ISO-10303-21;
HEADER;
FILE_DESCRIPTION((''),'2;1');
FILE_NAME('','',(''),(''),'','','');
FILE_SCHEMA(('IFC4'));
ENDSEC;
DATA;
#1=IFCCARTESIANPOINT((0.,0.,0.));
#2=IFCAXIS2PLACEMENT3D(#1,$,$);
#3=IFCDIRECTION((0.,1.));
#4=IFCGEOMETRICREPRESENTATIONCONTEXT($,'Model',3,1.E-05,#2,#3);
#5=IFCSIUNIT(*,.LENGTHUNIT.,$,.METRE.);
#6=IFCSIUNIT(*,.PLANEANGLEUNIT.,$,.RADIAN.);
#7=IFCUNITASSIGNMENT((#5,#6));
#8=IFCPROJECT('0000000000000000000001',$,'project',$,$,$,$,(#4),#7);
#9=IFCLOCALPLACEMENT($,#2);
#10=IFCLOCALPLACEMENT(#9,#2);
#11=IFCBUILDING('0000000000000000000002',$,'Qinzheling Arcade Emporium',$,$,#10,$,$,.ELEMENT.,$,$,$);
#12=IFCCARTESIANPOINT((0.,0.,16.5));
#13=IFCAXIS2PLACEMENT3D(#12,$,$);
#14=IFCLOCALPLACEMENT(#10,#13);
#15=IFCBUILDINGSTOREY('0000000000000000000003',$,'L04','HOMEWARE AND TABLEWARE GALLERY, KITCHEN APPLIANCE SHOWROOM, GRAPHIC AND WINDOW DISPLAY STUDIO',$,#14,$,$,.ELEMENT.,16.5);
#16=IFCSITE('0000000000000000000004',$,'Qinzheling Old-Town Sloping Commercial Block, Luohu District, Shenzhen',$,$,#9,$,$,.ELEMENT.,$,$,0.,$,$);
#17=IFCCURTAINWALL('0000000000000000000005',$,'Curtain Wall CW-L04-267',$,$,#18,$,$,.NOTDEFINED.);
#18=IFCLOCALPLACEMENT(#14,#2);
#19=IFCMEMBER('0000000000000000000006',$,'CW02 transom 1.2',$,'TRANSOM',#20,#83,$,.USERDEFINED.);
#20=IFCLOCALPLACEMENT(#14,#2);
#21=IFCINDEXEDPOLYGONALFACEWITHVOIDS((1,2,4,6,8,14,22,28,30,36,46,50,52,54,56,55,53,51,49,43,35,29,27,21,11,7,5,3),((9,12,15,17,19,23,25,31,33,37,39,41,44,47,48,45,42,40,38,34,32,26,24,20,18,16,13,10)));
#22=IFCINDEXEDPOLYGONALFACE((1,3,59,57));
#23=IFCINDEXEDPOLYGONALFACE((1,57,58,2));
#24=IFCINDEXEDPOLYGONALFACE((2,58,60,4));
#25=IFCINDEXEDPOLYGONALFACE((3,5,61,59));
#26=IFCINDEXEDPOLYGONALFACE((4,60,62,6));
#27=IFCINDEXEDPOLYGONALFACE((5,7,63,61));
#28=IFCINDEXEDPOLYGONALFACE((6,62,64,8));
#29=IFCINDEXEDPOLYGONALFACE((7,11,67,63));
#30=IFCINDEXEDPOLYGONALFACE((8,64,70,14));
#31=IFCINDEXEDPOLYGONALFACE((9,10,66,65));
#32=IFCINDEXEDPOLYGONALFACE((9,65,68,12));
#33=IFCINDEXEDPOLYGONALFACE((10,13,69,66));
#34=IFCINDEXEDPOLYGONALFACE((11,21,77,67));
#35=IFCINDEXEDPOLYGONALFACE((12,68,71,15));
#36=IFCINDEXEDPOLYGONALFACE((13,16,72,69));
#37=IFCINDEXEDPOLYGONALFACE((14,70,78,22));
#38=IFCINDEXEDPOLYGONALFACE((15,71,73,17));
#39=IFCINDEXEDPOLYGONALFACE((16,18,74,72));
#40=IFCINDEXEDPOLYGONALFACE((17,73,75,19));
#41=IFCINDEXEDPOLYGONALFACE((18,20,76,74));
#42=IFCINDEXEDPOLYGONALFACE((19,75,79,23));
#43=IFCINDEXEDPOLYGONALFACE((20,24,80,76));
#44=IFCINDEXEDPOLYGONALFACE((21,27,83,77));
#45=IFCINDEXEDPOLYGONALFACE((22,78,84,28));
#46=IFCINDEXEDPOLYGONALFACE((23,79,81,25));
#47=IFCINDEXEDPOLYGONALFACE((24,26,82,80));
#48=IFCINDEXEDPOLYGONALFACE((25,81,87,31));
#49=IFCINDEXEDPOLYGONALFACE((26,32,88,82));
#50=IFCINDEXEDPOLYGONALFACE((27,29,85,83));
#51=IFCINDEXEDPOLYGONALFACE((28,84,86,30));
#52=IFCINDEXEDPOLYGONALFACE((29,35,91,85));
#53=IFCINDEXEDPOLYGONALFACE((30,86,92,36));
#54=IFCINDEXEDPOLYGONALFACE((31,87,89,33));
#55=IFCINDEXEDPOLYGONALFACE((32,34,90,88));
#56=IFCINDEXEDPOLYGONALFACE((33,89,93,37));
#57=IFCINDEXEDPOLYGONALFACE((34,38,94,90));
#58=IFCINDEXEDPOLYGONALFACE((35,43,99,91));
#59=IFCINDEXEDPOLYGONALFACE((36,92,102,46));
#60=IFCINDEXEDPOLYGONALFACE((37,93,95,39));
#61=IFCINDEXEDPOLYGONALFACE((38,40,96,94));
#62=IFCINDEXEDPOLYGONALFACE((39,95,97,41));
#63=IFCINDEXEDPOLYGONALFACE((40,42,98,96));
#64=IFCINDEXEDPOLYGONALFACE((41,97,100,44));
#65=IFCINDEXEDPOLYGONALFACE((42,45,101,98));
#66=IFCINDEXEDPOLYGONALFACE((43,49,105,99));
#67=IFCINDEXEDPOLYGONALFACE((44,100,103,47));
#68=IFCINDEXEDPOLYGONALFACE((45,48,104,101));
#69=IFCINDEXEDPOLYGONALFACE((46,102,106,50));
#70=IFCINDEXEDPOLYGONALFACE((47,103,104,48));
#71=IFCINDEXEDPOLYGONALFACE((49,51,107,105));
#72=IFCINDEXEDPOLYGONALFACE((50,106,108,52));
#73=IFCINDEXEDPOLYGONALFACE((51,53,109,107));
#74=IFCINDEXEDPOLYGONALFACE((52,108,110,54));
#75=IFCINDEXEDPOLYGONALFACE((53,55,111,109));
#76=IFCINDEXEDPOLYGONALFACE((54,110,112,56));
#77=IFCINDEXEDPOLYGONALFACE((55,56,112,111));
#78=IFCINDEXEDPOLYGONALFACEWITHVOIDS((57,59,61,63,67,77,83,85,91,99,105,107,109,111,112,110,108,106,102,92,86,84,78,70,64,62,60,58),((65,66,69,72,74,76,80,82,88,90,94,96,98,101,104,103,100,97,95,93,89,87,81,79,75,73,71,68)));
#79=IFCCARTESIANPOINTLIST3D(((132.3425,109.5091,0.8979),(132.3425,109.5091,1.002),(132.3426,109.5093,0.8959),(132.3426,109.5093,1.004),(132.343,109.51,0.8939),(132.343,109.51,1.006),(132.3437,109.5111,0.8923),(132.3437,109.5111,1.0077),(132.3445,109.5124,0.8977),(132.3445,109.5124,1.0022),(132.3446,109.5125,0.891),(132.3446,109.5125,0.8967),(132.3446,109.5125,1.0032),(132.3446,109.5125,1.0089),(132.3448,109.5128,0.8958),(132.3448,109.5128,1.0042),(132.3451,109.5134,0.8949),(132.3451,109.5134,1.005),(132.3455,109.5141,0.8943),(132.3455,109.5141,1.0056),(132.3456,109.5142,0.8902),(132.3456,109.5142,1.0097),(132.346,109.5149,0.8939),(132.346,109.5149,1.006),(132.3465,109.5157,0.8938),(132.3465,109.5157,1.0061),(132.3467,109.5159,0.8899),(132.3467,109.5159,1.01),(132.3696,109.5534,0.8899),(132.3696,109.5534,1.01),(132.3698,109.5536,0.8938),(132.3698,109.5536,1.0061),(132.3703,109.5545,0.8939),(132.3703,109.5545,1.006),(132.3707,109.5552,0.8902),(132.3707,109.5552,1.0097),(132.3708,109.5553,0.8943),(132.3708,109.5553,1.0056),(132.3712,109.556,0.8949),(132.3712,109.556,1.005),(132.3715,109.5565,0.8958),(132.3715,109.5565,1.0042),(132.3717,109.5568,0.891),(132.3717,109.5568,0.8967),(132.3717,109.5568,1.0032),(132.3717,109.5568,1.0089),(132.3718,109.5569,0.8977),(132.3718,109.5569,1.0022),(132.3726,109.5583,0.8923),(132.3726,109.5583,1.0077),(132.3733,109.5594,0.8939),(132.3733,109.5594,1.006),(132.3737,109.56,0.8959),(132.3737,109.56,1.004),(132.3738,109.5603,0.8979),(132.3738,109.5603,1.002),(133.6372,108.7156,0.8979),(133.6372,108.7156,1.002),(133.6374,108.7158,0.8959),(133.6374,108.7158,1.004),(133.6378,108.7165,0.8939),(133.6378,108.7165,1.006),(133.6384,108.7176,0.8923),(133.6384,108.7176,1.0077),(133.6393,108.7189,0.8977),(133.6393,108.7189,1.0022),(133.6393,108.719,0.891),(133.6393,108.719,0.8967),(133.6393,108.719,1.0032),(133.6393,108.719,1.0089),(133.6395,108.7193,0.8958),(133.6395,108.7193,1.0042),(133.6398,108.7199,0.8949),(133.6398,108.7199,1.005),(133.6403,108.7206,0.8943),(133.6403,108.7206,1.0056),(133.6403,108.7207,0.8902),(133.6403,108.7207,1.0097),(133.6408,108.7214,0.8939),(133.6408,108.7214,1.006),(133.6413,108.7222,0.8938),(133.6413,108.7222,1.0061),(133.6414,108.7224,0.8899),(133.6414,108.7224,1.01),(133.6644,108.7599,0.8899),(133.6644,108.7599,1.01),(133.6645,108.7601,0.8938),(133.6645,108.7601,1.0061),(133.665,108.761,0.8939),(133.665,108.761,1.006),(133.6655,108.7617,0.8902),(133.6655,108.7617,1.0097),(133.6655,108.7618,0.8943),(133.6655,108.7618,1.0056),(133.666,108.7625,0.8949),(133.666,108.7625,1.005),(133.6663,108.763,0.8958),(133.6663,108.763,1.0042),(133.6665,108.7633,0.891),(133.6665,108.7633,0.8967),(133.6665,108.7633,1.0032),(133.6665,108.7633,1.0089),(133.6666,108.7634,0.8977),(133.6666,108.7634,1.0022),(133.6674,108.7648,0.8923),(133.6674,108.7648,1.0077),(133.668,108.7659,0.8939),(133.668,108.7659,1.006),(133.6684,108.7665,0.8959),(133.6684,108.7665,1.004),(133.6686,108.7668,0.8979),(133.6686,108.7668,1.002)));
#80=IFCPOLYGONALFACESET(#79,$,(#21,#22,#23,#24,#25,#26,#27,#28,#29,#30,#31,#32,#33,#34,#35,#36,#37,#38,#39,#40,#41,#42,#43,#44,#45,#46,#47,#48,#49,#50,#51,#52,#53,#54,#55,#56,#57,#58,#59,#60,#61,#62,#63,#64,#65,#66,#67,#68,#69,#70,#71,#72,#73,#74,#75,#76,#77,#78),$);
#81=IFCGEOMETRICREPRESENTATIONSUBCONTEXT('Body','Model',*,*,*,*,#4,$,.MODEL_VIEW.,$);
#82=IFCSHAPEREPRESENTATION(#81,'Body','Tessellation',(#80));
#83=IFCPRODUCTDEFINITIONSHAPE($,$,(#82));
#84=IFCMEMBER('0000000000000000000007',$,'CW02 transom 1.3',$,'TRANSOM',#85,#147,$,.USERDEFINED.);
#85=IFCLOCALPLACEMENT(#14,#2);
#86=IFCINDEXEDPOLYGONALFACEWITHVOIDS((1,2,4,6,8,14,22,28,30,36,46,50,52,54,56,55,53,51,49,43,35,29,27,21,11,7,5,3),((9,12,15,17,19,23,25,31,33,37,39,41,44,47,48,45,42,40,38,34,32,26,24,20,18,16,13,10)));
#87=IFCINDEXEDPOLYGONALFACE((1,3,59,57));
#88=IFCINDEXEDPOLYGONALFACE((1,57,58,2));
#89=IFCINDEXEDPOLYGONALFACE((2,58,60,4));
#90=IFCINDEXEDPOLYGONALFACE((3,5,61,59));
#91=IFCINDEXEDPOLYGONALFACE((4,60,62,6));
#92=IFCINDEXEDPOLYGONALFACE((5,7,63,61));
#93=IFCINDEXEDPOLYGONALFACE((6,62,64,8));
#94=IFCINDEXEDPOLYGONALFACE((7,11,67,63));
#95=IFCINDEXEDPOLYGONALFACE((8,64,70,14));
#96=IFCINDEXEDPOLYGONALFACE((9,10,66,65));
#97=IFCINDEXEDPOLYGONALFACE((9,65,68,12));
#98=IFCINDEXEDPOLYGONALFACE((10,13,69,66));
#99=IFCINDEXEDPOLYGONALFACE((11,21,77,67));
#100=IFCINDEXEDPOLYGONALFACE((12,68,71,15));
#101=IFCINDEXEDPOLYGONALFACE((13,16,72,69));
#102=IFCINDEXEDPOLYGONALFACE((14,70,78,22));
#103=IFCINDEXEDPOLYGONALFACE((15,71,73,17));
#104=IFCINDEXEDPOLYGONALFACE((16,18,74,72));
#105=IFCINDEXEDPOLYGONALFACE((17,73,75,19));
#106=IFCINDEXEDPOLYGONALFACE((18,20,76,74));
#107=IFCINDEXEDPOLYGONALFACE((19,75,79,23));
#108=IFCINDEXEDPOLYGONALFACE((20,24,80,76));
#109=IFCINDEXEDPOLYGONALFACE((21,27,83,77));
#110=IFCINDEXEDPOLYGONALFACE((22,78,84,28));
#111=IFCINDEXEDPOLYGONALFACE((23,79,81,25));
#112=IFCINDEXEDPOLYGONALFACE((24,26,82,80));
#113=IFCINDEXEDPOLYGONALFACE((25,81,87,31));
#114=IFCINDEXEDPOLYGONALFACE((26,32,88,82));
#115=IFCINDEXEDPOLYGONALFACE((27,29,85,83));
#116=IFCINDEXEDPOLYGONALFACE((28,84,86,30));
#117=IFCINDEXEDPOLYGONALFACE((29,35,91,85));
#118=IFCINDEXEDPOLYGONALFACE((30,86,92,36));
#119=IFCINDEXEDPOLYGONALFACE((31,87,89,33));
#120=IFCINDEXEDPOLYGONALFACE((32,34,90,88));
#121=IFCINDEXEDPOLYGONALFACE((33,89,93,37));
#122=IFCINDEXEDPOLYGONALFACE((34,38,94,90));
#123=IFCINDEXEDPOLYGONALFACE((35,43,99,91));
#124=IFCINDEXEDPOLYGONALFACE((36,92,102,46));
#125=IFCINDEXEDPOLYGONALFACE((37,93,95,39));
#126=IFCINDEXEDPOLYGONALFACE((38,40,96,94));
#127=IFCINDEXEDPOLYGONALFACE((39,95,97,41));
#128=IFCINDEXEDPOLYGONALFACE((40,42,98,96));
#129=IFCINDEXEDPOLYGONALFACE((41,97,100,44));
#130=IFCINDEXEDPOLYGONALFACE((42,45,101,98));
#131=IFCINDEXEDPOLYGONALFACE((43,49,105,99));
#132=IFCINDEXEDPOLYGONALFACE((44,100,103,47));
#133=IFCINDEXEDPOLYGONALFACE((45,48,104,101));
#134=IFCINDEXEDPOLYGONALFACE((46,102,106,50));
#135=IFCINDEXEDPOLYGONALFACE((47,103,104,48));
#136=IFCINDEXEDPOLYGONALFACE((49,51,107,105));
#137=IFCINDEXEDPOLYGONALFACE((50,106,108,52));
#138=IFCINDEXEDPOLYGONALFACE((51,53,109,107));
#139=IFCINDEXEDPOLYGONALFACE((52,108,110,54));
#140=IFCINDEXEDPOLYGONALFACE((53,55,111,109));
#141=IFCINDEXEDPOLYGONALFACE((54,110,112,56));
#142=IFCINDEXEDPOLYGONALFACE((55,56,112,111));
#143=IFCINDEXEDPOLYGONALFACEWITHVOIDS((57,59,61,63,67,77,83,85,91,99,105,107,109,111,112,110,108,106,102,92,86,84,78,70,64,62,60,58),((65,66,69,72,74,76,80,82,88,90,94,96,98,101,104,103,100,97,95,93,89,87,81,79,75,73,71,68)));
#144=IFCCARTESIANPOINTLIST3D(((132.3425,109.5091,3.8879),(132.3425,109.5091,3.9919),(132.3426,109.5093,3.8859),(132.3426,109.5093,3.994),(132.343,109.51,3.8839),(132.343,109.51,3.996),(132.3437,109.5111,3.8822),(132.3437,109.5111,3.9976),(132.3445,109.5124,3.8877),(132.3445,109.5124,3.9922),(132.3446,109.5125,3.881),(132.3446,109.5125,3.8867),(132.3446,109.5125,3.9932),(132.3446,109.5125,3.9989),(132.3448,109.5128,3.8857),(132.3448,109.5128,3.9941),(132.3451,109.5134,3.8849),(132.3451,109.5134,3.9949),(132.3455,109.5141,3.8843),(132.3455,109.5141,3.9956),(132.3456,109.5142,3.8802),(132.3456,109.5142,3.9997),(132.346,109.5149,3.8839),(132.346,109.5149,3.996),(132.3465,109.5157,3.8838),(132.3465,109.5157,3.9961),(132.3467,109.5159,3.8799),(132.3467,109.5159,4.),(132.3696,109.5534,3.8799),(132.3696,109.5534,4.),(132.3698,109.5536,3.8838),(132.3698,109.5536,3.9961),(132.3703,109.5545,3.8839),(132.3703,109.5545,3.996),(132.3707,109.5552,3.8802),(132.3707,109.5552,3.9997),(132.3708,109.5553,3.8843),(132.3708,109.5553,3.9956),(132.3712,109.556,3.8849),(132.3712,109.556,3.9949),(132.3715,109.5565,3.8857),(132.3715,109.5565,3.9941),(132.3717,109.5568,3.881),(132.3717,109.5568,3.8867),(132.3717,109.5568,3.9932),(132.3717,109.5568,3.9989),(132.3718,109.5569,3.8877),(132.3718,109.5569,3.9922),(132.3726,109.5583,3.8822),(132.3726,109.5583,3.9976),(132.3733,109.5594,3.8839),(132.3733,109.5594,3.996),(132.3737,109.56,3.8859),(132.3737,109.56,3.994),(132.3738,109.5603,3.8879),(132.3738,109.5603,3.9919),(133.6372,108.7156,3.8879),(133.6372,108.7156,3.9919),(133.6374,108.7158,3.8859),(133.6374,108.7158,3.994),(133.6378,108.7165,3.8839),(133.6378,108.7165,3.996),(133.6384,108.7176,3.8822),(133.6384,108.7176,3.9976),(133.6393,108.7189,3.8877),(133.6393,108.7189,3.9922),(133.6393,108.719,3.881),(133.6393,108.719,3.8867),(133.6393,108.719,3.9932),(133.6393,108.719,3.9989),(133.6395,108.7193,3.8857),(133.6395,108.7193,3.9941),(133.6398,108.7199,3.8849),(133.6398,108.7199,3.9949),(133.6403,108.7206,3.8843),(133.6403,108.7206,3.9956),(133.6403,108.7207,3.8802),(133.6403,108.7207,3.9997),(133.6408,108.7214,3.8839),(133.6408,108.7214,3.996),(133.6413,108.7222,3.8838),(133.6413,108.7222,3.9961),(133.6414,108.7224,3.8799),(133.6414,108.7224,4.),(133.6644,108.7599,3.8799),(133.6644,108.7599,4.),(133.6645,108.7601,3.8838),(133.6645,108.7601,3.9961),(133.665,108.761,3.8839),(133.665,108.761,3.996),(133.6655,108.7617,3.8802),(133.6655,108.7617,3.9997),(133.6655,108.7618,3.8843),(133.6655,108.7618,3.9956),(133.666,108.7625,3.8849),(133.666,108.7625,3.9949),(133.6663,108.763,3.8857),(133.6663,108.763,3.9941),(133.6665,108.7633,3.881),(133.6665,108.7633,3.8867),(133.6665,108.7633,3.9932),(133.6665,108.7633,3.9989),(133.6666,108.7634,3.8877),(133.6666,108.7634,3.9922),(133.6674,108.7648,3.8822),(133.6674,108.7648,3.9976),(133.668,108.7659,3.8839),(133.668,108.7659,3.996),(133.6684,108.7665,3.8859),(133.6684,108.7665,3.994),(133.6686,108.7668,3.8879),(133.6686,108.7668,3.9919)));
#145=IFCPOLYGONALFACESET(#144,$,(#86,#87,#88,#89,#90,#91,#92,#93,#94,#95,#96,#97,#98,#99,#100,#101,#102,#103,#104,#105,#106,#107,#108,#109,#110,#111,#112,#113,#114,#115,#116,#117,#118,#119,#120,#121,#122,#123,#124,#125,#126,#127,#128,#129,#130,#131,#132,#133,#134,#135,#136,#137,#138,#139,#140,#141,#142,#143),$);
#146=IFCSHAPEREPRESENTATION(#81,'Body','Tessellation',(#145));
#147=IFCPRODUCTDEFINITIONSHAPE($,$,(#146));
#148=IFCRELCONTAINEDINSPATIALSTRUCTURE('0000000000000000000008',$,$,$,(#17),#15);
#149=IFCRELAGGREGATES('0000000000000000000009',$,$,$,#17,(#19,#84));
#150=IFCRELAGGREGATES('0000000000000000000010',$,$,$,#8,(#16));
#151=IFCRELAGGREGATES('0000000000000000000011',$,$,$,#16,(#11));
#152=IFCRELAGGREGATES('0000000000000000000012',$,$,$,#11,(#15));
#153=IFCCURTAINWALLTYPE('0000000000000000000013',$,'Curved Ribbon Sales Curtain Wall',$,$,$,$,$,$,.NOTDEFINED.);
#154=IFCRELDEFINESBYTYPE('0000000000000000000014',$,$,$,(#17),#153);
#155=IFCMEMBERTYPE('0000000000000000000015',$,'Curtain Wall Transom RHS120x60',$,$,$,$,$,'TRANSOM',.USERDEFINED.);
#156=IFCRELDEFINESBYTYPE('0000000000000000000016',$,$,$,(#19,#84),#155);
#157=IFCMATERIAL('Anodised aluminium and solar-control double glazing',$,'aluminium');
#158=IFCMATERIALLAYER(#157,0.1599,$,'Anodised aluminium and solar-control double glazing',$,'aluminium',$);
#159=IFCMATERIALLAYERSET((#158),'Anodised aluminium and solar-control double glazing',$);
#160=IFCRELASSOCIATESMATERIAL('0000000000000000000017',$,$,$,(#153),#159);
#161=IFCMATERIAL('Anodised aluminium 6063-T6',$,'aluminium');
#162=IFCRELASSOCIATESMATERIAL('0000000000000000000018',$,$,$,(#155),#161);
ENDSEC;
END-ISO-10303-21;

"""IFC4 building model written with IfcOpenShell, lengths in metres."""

from ifc_helpers import new_model, si_unit, direction, frame, origin, origin_2d, place, context, subcontext, project, spatial, hollow_rectangle, extrude, material, layer, layer_set, material_profile, profile_set, type_object, element, aggregate, save


model = new_model("IFC4")

# Units and contexts
model_context = context("Model", 3, precision=1e-05, world=origin(), true_north=direction((0.0, 1.0)))
body_context = subcontext(model_context, "Body", "Model", "MODEL_VIEW")
ifc_project = project(units=[si_unit("LENGTHUNIT", "METRE"), si_unit("PLANEANGLEUNIT", "RADIAN")], contexts=[model_context])

# Site, building, storey
site_placement = place(None, origin())
site = spatial("IfcSite", under=ifc_project, at=site_placement, Name="Qinzheling Old-Town Sloping Commercial Block, Luohu District, Shenzhen", CompositionType="ELEMENT", RefElevation=0.0)
building_placement = place(site_placement, origin())
building = spatial("IfcBuilding", under=site, at=building_placement, Name="Qinzheling Arcade Emporium", CompositionType="ELEMENT")
storey_placement = place(building_placement, frame((0.0, 0.0, 16.5)))
storey = spatial("IfcBuildingStorey", under=building, at=storey_placement, Name="L04", Description="HOMEWARE AND TABLEWARE GALLERY, KITCHEN APPLIANCE SHOWROOM, GRAPHIC AND WINDOW DISPLAY STUDIO", CompositionType="ELEMENT", Elevation=16.5)

# Curtain wall
ifc_material_1 = material(Name="Anodised aluminium and solar-control double glazing", Category="aluminium")
ifc_layer_1 = layer(ifc_material_1, 0.1599, Name="Anodised aluminium and solar-control double glazing", Category="aluminium")
ifc_layer_set_1 = layer_set([ifc_layer_1], Name="Anodised aluminium and solar-control double glazing")
curtain_wall_type = type_object("IfcCurtainWallType", Name="Curved Ribbon Sales Curtain Wall", PredefinedType="NOTDEFINED", material=ifc_layer_set_1)
ifc_material_2 = material(Name="Anodised aluminium 6063-T6", Category="aluminium")
curtain_wall_1_placement = place(storey_placement, origin())
curtain_wall_1 = element("IfcCurtainWall", 1, at=curtain_wall_1_placement, inside=storey, type_object=curtain_wall_type, Name="Curtain Wall CW-L04-267", PredefinedType="NOTDEFINED")

# Members
ifc_material_profile_1 = material_profile(ifc_material_2, hollow_rectangle(XDim=0.0601, YDim=0.1201, WallThickness=0.0039, InnerFilletRadius=0.0039, OuterFilletRadius=0.0081, at=origin_2d()), Name="RHS 120x60x4", Category="aluminium")
ifc_profile_set_1 = profile_set([ifc_material_profile_1], Name="Anodised aluminium 6063-T6")
member_type_1 = type_object("IfcMemberType", Name="Curtain Wall Transom RHS120x60", ElementType="TRANSOM", PredefinedType="USERDEFINED", material=ifc_profile_set_1)
member_1_placement = place(storey_placement, frame((132.3582, 109.5347, 0.95), z_axis=(0.852617, -0.522536, 0.0), x_axis=(0.522536, 0.852617, 0.0)))
member_1 = element("IfcMember", 2, at=member_1_placement, type_object=member_type_1, Name="CW02 transom 1.2", ObjectType="TRANSOM", PredefinedType="USERDEFINED", context=body_context, shape_type="SweptSolid", body=[
    extrude(hollow_rectangle(XDim=0.0601, YDim=0.1201, WallThickness=0.0039, InnerFilletRadius=0.0039, OuterFilletRadius=0.0081, at=origin_2d()), origin(), (0.0, 0.0, 1.0), 1.5186),
])
member_2_placement = place(storey_placement, frame((132.3582, 109.5347, 3.9399), z_axis=(0.852617, -0.522536, 0.0), x_axis=(0.522536, 0.852617, 0.0)))
member_2 = element("IfcMember", 3, at=member_2_placement, type_object=member_type_1, Name="CW02 transom 1.3", ObjectType="TRANSOM", PredefinedType="USERDEFINED", context=body_context, shape_type="SweptSolid", body=[
    extrude(hollow_rectangle(XDim=0.0601, YDim=0.1201, WallThickness=0.0039, InnerFilletRadius=0.0039, OuterFilletRadius=0.0081, at=origin_2d()), origin(), (0.0, 0.0, 1.0), 1.5186),
])

aggregate(curtain_wall_1, [member_1, member_2])

save(model, "model.ifc")
